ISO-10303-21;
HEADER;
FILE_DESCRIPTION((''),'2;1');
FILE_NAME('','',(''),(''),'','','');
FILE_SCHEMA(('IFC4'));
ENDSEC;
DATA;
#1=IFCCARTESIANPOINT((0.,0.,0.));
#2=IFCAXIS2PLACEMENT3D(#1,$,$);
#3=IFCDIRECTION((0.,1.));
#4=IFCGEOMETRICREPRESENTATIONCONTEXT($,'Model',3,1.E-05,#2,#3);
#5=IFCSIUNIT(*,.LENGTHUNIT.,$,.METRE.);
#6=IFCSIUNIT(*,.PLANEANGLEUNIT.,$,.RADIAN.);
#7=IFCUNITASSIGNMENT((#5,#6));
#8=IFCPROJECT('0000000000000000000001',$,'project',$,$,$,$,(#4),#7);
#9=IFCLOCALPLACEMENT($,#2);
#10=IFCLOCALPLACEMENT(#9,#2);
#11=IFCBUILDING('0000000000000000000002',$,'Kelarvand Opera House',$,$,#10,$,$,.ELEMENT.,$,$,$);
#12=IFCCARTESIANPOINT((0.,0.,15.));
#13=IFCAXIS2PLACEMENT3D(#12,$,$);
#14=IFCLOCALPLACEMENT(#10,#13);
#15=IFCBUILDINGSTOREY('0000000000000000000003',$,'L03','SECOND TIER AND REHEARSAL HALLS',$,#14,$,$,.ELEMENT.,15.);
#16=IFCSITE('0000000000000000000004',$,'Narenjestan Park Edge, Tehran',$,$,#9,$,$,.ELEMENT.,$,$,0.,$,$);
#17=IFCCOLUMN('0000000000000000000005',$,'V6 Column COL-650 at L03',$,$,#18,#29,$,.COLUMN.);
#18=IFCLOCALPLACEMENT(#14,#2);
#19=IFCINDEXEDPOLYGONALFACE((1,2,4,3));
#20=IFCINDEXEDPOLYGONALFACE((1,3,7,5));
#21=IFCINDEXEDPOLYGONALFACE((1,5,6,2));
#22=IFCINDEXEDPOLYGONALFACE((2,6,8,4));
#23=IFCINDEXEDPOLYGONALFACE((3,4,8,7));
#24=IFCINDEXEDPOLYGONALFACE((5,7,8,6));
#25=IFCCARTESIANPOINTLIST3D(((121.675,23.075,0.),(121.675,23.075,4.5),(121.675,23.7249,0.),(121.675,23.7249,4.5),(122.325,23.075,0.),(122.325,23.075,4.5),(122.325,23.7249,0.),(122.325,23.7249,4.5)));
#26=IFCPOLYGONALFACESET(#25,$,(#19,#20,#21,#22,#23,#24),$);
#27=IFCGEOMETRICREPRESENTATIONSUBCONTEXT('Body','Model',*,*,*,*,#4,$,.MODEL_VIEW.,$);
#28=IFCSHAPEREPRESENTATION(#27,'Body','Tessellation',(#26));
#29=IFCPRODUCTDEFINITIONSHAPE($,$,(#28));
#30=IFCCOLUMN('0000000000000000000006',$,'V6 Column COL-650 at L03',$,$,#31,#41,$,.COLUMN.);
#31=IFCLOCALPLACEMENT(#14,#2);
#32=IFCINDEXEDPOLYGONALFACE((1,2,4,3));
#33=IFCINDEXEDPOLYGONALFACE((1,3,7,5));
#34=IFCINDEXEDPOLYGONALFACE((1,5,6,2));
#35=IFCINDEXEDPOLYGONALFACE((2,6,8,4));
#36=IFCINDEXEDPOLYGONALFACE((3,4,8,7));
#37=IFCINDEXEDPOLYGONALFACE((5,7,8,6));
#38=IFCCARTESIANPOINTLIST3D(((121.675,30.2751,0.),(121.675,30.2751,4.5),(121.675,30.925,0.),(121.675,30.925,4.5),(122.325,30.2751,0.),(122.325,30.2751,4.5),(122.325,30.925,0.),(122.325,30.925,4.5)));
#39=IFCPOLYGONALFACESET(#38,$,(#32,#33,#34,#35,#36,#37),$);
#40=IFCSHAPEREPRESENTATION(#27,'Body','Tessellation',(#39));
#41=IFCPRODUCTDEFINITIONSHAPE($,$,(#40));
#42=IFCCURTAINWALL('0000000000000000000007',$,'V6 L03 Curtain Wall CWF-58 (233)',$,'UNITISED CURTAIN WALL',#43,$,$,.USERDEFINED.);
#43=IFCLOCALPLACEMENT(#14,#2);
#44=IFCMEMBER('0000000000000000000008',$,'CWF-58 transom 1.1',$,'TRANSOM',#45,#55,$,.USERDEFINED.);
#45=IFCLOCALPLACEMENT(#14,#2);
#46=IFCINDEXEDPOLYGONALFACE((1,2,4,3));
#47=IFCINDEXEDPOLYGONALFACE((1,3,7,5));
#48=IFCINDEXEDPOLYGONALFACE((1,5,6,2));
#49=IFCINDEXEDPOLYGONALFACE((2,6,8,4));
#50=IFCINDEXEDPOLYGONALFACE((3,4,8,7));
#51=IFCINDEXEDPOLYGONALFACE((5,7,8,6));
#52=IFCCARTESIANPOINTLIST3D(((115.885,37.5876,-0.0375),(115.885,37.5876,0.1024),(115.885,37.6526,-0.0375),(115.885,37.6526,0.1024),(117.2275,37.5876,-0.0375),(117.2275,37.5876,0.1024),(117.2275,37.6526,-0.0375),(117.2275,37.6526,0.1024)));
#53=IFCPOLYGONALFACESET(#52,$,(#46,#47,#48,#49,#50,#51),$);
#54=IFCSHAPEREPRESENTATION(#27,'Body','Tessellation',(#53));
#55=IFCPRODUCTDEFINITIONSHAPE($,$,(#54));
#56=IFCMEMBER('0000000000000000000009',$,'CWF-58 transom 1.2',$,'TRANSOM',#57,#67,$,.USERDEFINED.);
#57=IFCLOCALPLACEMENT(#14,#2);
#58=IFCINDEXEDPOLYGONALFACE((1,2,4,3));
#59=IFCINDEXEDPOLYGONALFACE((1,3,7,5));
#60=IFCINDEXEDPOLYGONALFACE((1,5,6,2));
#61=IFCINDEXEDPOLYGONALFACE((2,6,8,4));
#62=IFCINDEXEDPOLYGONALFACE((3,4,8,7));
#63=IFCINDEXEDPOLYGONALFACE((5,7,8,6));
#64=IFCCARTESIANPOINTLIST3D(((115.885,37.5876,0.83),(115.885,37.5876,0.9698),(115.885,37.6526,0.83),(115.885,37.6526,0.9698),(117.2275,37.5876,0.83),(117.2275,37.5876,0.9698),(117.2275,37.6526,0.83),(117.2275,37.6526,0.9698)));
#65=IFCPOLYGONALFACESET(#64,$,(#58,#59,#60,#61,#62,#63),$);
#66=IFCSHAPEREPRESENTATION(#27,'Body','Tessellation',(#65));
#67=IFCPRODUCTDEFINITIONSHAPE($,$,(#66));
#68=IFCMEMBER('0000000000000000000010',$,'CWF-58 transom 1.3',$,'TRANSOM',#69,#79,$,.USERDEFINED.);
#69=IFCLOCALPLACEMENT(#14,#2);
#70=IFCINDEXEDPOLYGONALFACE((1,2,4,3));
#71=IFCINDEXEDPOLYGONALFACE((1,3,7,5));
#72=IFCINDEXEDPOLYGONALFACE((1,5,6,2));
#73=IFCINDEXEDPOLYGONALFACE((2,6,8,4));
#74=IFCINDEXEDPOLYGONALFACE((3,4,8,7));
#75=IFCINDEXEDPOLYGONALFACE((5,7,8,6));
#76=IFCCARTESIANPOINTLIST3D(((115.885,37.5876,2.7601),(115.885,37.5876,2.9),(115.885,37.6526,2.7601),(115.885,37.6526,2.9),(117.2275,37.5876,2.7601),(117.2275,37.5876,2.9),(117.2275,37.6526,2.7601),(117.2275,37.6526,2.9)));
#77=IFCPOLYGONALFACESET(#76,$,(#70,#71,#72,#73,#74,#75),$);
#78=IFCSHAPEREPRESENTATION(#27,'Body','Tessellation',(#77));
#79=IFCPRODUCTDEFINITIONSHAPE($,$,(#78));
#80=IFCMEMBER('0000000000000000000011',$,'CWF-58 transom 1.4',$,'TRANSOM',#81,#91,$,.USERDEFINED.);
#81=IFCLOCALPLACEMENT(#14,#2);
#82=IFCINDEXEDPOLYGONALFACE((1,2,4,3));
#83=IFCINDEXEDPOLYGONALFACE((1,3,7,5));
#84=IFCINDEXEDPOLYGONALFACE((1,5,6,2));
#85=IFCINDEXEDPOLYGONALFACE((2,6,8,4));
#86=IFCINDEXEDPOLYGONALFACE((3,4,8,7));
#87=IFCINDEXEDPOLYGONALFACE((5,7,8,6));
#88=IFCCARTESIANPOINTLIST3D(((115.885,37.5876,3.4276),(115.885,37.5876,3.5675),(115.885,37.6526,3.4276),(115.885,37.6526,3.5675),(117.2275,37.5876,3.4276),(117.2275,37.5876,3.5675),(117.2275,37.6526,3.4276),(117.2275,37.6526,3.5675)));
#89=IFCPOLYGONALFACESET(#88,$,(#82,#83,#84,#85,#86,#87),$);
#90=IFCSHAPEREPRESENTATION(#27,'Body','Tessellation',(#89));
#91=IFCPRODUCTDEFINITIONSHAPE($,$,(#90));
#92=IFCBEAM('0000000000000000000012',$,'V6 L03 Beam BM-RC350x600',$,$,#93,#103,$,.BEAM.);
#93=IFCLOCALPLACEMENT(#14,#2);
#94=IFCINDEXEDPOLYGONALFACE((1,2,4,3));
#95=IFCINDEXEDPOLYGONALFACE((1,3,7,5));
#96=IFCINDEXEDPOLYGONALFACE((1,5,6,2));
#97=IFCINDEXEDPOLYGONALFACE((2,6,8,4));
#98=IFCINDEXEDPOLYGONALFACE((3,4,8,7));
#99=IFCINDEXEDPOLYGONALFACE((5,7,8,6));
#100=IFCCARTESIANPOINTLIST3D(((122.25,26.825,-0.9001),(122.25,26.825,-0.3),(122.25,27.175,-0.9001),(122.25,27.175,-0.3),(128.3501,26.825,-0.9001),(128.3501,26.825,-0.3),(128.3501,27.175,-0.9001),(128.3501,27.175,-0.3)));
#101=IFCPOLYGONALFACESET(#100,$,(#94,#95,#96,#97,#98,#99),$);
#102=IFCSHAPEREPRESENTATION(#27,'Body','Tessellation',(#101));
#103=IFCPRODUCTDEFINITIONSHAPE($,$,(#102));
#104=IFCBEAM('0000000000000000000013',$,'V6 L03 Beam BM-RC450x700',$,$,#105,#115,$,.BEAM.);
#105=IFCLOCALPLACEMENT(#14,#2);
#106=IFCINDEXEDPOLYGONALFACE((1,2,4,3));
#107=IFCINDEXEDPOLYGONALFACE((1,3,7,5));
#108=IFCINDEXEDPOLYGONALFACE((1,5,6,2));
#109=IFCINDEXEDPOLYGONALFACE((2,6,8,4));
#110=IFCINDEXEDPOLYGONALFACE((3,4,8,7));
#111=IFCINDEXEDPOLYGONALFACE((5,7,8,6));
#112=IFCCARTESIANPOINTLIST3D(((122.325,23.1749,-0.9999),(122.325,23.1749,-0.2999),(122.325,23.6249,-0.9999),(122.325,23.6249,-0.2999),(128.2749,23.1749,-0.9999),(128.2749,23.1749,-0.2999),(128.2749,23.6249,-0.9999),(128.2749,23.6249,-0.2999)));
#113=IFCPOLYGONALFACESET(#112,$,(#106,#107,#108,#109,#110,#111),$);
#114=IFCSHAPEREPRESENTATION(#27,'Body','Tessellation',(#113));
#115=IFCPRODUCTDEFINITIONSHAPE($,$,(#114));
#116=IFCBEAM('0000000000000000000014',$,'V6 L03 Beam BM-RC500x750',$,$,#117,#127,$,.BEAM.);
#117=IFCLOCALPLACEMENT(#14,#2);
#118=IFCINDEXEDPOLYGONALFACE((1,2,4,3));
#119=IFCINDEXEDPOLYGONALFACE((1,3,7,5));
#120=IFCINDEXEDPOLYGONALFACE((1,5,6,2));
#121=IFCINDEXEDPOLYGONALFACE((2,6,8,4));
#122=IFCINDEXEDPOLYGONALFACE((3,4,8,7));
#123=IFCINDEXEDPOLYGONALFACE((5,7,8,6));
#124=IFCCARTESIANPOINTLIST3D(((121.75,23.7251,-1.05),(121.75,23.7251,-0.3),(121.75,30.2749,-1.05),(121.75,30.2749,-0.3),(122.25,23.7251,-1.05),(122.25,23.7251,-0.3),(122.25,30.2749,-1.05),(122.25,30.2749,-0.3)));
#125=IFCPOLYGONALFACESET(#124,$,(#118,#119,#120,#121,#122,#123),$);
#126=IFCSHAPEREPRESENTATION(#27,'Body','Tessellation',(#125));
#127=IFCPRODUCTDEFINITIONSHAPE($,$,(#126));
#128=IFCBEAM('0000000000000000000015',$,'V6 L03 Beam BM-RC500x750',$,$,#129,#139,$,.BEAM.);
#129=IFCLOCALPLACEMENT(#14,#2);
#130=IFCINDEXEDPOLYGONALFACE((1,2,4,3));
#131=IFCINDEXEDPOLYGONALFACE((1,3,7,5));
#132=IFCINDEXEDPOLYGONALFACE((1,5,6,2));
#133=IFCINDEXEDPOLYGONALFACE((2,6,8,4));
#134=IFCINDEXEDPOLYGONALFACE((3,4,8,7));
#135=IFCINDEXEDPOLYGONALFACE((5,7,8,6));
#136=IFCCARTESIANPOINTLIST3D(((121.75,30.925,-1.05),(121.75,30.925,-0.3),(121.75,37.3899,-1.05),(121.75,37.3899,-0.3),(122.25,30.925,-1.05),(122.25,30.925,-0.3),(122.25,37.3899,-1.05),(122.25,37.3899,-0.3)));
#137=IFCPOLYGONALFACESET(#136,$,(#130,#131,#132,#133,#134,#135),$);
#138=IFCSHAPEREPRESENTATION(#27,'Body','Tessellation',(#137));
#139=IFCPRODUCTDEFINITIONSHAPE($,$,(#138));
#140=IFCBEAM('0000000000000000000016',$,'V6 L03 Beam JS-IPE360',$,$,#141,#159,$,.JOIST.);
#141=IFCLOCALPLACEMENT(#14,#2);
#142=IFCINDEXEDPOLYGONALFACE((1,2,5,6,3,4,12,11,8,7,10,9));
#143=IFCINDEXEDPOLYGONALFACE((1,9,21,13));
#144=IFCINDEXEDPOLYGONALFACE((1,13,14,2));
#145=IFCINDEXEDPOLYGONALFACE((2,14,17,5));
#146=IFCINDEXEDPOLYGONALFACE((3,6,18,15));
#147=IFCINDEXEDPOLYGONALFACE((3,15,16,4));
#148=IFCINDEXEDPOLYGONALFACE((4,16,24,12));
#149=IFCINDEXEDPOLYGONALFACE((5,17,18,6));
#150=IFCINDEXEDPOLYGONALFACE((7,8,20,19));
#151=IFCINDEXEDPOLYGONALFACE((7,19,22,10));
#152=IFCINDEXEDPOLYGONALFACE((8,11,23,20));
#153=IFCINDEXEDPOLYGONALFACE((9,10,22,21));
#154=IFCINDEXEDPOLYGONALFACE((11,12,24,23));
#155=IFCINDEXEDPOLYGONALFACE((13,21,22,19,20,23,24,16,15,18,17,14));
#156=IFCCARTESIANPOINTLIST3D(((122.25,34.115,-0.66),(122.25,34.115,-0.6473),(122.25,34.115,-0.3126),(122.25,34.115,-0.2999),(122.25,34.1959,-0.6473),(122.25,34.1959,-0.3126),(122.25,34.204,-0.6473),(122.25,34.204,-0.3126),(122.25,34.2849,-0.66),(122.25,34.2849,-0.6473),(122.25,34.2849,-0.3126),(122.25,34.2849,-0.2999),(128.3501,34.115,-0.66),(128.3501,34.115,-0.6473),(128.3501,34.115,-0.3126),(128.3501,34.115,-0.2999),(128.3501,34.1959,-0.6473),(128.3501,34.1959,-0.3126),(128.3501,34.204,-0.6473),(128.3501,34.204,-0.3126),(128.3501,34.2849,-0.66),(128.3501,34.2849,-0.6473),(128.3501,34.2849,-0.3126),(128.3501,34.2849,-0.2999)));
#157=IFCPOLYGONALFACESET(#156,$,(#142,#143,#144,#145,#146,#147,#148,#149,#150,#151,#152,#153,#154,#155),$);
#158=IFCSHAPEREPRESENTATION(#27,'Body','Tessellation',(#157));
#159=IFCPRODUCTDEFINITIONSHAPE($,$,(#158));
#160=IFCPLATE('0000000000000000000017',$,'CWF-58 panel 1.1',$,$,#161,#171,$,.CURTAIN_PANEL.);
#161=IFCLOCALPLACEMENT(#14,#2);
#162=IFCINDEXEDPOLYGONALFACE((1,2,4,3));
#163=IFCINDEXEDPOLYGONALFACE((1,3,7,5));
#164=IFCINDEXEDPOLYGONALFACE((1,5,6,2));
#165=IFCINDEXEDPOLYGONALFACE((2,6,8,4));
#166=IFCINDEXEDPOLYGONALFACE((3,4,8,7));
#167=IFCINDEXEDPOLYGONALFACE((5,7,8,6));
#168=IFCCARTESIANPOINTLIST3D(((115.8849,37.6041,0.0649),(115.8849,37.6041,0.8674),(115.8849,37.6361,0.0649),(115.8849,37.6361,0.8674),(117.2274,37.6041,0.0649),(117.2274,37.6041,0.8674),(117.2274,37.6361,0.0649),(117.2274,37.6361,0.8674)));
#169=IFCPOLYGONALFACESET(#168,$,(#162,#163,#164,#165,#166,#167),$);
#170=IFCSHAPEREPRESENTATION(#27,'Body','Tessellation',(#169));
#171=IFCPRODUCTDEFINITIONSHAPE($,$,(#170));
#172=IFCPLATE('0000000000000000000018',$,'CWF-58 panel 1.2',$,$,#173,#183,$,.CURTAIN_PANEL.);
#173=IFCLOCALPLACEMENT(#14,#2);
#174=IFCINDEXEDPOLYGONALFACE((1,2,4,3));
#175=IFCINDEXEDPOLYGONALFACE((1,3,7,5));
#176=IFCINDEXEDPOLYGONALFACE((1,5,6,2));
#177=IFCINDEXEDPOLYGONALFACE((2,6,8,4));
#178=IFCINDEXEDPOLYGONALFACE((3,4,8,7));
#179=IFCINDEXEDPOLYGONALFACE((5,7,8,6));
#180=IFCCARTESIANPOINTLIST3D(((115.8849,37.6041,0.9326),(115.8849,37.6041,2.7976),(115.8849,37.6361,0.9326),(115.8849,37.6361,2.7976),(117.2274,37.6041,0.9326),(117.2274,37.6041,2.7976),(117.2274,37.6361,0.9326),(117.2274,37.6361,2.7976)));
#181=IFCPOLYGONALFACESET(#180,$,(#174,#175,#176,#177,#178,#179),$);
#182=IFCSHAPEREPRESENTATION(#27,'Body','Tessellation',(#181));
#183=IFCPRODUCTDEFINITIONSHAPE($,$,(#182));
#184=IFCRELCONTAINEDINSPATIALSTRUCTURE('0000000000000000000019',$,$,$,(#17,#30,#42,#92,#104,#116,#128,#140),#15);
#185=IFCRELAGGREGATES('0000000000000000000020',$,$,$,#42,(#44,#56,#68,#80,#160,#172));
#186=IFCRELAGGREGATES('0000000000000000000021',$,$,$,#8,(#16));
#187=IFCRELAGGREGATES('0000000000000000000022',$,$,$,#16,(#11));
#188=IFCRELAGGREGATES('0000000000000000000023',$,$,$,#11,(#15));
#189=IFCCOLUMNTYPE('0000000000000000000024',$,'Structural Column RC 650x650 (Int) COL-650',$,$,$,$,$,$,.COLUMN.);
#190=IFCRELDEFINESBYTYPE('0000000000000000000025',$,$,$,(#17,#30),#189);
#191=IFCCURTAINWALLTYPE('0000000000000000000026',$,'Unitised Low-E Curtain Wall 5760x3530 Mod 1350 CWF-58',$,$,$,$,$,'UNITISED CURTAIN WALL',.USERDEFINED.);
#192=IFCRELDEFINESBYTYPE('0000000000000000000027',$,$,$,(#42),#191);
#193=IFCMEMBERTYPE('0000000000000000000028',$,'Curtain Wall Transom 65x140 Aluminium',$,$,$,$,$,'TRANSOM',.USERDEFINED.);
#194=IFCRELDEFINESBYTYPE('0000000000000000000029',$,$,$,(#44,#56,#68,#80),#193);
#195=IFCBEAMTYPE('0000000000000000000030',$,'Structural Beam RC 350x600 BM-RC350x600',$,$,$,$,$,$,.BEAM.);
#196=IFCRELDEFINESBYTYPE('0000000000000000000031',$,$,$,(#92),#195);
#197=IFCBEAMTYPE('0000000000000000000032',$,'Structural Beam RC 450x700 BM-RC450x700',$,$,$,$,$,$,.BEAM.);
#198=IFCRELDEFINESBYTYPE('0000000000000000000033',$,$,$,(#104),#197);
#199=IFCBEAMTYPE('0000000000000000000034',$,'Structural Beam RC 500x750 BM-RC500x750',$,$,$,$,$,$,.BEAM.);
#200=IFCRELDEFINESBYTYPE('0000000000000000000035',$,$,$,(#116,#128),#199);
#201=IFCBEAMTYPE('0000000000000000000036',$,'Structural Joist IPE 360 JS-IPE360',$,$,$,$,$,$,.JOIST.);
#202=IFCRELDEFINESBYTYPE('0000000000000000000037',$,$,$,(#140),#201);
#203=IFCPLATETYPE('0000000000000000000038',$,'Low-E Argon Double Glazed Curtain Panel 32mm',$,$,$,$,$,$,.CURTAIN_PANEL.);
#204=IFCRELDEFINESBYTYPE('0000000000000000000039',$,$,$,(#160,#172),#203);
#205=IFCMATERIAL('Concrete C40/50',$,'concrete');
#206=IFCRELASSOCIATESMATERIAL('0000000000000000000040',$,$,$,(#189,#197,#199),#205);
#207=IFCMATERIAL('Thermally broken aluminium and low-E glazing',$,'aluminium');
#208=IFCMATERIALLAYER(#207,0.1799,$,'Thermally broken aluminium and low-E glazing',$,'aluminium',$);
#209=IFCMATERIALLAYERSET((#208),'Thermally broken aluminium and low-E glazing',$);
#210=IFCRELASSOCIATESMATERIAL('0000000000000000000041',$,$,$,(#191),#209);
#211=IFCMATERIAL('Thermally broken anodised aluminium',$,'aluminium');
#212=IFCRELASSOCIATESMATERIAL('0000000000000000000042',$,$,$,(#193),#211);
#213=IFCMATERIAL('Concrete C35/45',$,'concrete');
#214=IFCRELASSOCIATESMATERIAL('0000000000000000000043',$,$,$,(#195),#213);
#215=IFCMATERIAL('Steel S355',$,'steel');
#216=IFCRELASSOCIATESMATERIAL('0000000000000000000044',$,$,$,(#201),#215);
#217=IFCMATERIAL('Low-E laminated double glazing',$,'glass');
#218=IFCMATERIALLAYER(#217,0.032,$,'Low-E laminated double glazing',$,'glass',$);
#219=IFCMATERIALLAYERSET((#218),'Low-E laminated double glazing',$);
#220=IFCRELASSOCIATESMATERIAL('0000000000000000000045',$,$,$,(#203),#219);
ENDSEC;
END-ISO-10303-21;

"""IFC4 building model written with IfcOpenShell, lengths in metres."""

from ifc_helpers import new_model, si_unit, direction, frame, origin, origin_2d, place, context, subcontext, project, spatial, rectangle, i_section, extrude, material, layer, layer_set, material_profile, profile_set, type_object, element, aggregate, save


model = new_model("IFC4")

# Units and contexts
model_context = context("Model", 3, precision=1e-05, world=origin(), true_north=direction((0.0, 1.0)))
body_context = subcontext(model_context, "Body", "Model", "MODEL_VIEW")
ifc_project = project(units=[si_unit("LENGTHUNIT", "METRE"), si_unit("PLANEANGLEUNIT", "RADIAN")], contexts=[model_context])

# Site, building, storey
site_placement = place(None, origin())
site = spatial("IfcSite", under=ifc_project, at=site_placement, Name="Narenjestan Park Edge, Tehran", CompositionType="ELEMENT", RefElevation=0.0)
building_placement = place(site_placement, origin())
building = spatial("IfcBuilding", under=site, at=building_placement, Name="Kelarvand Opera House", CompositionType="ELEMENT")
storey_placement = place(building_placement, frame((0.0, 0.0, 15.0)))
storey = spatial("IfcBuildingStorey", under=building, at=storey_placement, Name="L03", Description="SECOND TIER AND REHEARSAL HALLS", CompositionType="ELEMENT", Elevation=15.0)

# Columns
ifc_material_1 = material(Name="Concrete C40/50", Category="concrete")
ifc_material_profile_1 = material_profile(ifc_material_1, rectangle(XDim=0.6499, YDim=0.6499, at=origin_2d()), Name="RC 650x650", Category="concrete")
ifc_profile_set_1 = profile_set([ifc_material_profile_1], Name="Concrete C40/50")
column_type = type_object("IfcColumnType", Name="Structural Column RC 650x650 (Int) COL-650", PredefinedType="COLUMN", material=ifc_profile_set_1)
for number, where, z_axis, x_axis, name in (
    (1, (122.0, 23.3999, 0.0), (0.0, 0.0, 1.0), (1.0, 0.0, 0.0), "V6 Column COL-650 at L03"),
    (2, (122.0, 30.6001, 0.0), (0.0, 0.0, 1.0), (1.0, 0.0, 0.0), "V6 Column COL-650 at L03"),
):
    element("IfcColumn", number, at=place(storey_placement, frame(where, z_axis=z_axis, x_axis=x_axis)), inside=storey, type_object=column_type, Name=name, PredefinedType="COLUMN", context=body_context, shape_type="SweptSolid", body=[
        extrude(rectangle(XDim=0.6499, YDim=0.6499, at=origin_2d()), origin(), (0.0, 0.0, 1.0), 4.5),
    ])

# Curtain wall, members
ifc_material_2 = material(Name="Thermally broken aluminium and low-E glazing", Category="aluminium")
ifc_layer_1 = layer(ifc_material_2, 0.1799, Name="Thermally broken aluminium and low-E glazing", Category="aluminium")
ifc_layer_set_1 = layer_set([ifc_layer_1], Name="Thermally broken aluminium and low-E glazing")
curtain_wall_type = type_object("IfcCurtainWallType", Name="Unitised Low-E Curtain Wall 5760x3530 Mod 1350 CWF-58", ElementType="UNITISED CURTAIN WALL", PredefinedType="USERDEFINED", material=ifc_layer_set_1)
curtain_wall_placement = place(storey_placement, origin())
curtain_wall = element("IfcCurtainWall", 3, at=curtain_wall_placement, inside=storey, type_object=curtain_wall_type, Name="V6 L03 Curtain Wall CWF-58 (233)", ObjectType="UNITISED CURTAIN WALL", PredefinedType="USERDEFINED")
ifc_material_3 = material(Name="Thermally broken anodised aluminium", Category="aluminium")
ifc_material_profile_2 = material_profile(ifc_material_3, rectangle(XDim=0.0649, YDim=0.1399, at=origin_2d()), Name="ALU TRANSOM 65x140", Category="aluminium")
ifc_profile_set_2 = profile_set([ifc_material_profile_2], Name="Thermally broken anodised aluminium")
member_type = type_object("IfcMemberType", Name="Curtain Wall Transom 65x140 Aluminium", ElementType="TRANSOM", PredefinedType="USERDEFINED", material=ifc_profile_set_2)
member_1_placement = place(storey_placement, frame((115.885, 37.6201, 0.0325), z_axis=(1.0, 0.0, 0.0), x_axis=(0.0, 1.0, 0.0)))
member_1 = element("IfcMember", 4, at=member_1_placement, type_object=member_type, Name="CWF-58 transom 1.1", ObjectType="TRANSOM", PredefinedType="USERDEFINED", context=body_context, shape_type="SweptSolid", body=[
    extrude(rectangle(XDim=0.0649, YDim=0.1399, at=origin_2d()), origin(), (0.0, 0.0, 1.0), 1.3425),
])
member_2_placement = place(storey_placement, frame((115.885, 37.6201, 0.8999), z_axis=(1.0, 0.0, 0.0), x_axis=(0.0, 1.0, 0.0)))
member_2 = element("IfcMember", 5, at=member_2_placement, type_object=member_type, Name="CWF-58 transom 1.2", ObjectType="TRANSOM", PredefinedType="USERDEFINED", context=body_context, shape_type="SweptSolid", body=[
    extrude(rectangle(XDim=0.0649, YDim=0.1399, at=origin_2d()), origin(), (0.0, 0.0, 1.0), 1.3425),
])
member_3_placement = place(storey_placement, frame((115.885, 37.6201, 2.8301), z_axis=(1.0, 0.0, 0.0), x_axis=(0.0, 1.0, 0.0)))
member_3 = element("IfcMember", 6, at=member_3_placement, type_object=member_type, Name="CWF-58 transom 1.3", ObjectType="TRANSOM", PredefinedType="USERDEFINED", context=body_context, shape_type="SweptSolid", body=[
    extrude(rectangle(XDim=0.0649, YDim=0.1399, at=origin_2d()), origin(), (0.0, 0.0, 1.0), 1.3425),
])
member_4_placement = place(storey_placement, frame((115.885, 37.6201, 3.4976), z_axis=(1.0, 0.0, 0.0), x_axis=(0.0, 1.0, 0.0)))
member_4 = element("IfcMember", 7, at=member_4_placement, type_object=member_type, Name="CWF-58 transom 1.4", ObjectType="TRANSOM", PredefinedType="USERDEFINED", context=body_context, shape_type="SweptSolid", body=[
    extrude(rectangle(XDim=0.0649, YDim=0.1399, at=origin_2d()), origin(), (0.0, 0.0, 1.0), 1.3425),
])

# Beams
ifc_material_4 = material(Name="Concrete C35/45", Category="concrete")
ifc_material_profile_3 = material_profile(ifc_material_4, rectangle(XDim=0.3501, YDim=0.6001, at=origin_2d()), Name="RC 350x600", Category="concrete")
ifc_profile_set_3 = profile_set([ifc_material_profile_3], Name="Concrete C35/45")
beam_type_1 = type_object("IfcBeamType", Name="Structural Beam RC 350x600 BM-RC350x600", PredefinedType="BEAM", material=ifc_profile_set_3)
beam_1_placement = place(storey_placement, frame((122.25, 27.0, -0.6001), z_axis=(1.0, 0.0, 0.0), x_axis=(0.0, 1.0, 0.0)))
element("IfcBeam", 8, at=beam_1_placement, inside=storey, type_object=beam_type_1, Name="V6 L03 Beam BM-RC350x600", PredefinedType="BEAM", context=body_context, shape_type="SweptSolid", body=[
    extrude(rectangle(XDim=0.3501, YDim=0.6001, at=origin_2d()), origin(), (0.0, 0.0, 1.0), 6.1001),
])
ifc_material_profile_4 = material_profile(ifc_material_1, rectangle(XDim=0.45, YDim=0.7, at=origin_2d()), Name="RC 450x700", Category="concrete")
ifc_profile_set_4 = profile_set([ifc_material_profile_4], Name="Concrete C40/50")
beam_type_2 = type_object("IfcBeamType", Name="Structural Beam RC 450x700 BM-RC450x700", PredefinedType="BEAM", material=ifc_profile_set_4)
beam_2_placement = place(storey_placement, frame((122.325, 23.3999, -0.6499), z_axis=(1.0, 0.0, 0.0), x_axis=(0.0, 1.0, 0.0)))
element("IfcBeam", 9, at=beam_2_placement, inside=storey, type_object=beam_type_2, Name="V6 L03 Beam BM-RC450x700", PredefinedType="BEAM", context=body_context, shape_type="SweptSolid", body=[
    extrude(rectangle(XDim=0.45, YDim=0.7, at=origin_2d()), origin(), (0.0, 0.0, 1.0), 5.95),
])
ifc_material_profile_5 = material_profile(ifc_material_1, rectangle(XDim=0.5, YDim=0.75, at=origin_2d()), Name="RC 500x750", Category="concrete")
ifc_profile_set_5 = profile_set([ifc_material_profile_5], Name="Concrete C40/50")
beam_type_3 = type_object("IfcBeamType", Name="Structural Beam RC 500x750 BM-RC500x750", PredefinedType="BEAM", material=ifc_profile_set_5)
beam_3_placement = place(storey_placement, frame((122.0, 23.7251, -0.675), z_axis=(0.0, 1.0, 0.0), x_axis=(-1.0, 0.0, 0.0)))
element("IfcBeam", 10, at=beam_3_placement, inside=storey, type_object=beam_type_3, Name="V6 L03 Beam BM-RC500x750", PredefinedType="BEAM", context=body_context, shape_type="SweptSolid", body=[
    extrude(rectangle(XDim=0.5, YDim=0.75, at=origin_2d()), origin(), (0.0, 0.0, 1.0), 6.5498),
])
beam_4_placement = place(storey_placement, frame((122.0, 30.925, -0.675), z_axis=(0.0, 1.0, 0.0), x_axis=(-1.0, 0.0, 0.0)))
element("IfcBeam", 11, at=beam_4_placement, inside=storey, type_object=beam_type_3, Name="V6 L03 Beam BM-RC500x750", PredefinedType="BEAM", context=body_context, shape_type="SweptSolid", body=[
    extrude(rectangle(XDim=0.5, YDim=0.75, at=origin_2d()), origin(), (0.0, 0.0, 1.0), 6.4648),
])
ifc_material_5 = material(Name="Steel S355", Category="steel")
ifc_material_profile_6 = material_profile(ifc_material_5, i_section(OverallWidth=0.1699, OverallDepth=0.3601, WebThickness=0.0081, FlangeThickness=0.0127, at=origin_2d()), Name="IPE 360", Category="steel")
ifc_profile_set_6 = profile_set([ifc_material_profile_6], Name="Steel S355")
beam_type_4 = type_object("IfcBeamType", Name="Structural Joist IPE 360 JS-IPE360", PredefinedType="JOIST", material=ifc_profile_set_6)
beam_5_placement = place(storey_placement, frame((122.25, 34.2, -0.48), z_axis=(1.0, 0.0, 0.0), x_axis=(0.0, 1.0, 0.0)))
element("IfcBeam", 12, at=beam_5_placement, inside=storey, type_object=beam_type_4, Name="V6 L03 Beam JS-IPE360", PredefinedType="JOIST", context=body_context, shape_type="SweptSolid", body=[
    extrude(i_section(OverallWidth=0.1699, OverallDepth=0.3601, WebThickness=0.0081, FlangeThickness=0.0127, at=origin_2d()), origin(), (0.0, 0.0, 1.0), 6.1001),
])

# Plates
ifc_material_6 = material(Name="Low-E laminated double glazing", Category="glass")
ifc_layer_2 = layer(ifc_material_6, 0.032, Name="Low-E laminated double glazing", Category="glass")
ifc_layer_set_2 = layer_set([ifc_layer_2], Name="Low-E laminated double glazing")
plate_type = type_object("IfcPlateType", Name="Low-E Argon Double Glazed Curtain Panel 32mm", PredefinedType="CURTAIN_PANEL", material=ifc_layer_set_2)
plate_1_placement = place(storey_placement, frame((116.5562, 37.6201, 0.0649), z_axis=(0.0, 0.0, 1.0), x_axis=(1.0, 0.0, 0.0)))
plate_1 = element("IfcPlate", 13, at=plate_1_placement, type_object=plate_type, Name="CWF-58 panel 1.1", PredefinedType="CURTAIN_PANEL", context=body_context, shape_type="SweptSolid", body=[
    extrude(rectangle(XDim=1.3425, YDim=0.032, at=origin_2d()), origin(), (0.0, 0.0, 1.0), 0.8025),
])
plate_2_placement = place(storey_placement, frame((116.5562, 37.6201, 0.9326), z_axis=(0.0, 0.0, 1.0), x_axis=(1.0, 0.0, 0.0)))
plate_2 = element("IfcPlate", 14, at=plate_2_placement, type_object=plate_type, Name="CWF-58 panel 1.2", PredefinedType="CURTAIN_PANEL", context=body_context, shape_type="SweptSolid", body=[
    extrude(rectangle(XDim=1.3425, YDim=0.032, at=origin_2d()), origin(), (0.0, 0.0, 1.0), 1.865),
])
aggregate(curtain_wall, [member_1, member_2, member_3, member_4, plate_1, plate_2])

save(model, "model.ifc")
